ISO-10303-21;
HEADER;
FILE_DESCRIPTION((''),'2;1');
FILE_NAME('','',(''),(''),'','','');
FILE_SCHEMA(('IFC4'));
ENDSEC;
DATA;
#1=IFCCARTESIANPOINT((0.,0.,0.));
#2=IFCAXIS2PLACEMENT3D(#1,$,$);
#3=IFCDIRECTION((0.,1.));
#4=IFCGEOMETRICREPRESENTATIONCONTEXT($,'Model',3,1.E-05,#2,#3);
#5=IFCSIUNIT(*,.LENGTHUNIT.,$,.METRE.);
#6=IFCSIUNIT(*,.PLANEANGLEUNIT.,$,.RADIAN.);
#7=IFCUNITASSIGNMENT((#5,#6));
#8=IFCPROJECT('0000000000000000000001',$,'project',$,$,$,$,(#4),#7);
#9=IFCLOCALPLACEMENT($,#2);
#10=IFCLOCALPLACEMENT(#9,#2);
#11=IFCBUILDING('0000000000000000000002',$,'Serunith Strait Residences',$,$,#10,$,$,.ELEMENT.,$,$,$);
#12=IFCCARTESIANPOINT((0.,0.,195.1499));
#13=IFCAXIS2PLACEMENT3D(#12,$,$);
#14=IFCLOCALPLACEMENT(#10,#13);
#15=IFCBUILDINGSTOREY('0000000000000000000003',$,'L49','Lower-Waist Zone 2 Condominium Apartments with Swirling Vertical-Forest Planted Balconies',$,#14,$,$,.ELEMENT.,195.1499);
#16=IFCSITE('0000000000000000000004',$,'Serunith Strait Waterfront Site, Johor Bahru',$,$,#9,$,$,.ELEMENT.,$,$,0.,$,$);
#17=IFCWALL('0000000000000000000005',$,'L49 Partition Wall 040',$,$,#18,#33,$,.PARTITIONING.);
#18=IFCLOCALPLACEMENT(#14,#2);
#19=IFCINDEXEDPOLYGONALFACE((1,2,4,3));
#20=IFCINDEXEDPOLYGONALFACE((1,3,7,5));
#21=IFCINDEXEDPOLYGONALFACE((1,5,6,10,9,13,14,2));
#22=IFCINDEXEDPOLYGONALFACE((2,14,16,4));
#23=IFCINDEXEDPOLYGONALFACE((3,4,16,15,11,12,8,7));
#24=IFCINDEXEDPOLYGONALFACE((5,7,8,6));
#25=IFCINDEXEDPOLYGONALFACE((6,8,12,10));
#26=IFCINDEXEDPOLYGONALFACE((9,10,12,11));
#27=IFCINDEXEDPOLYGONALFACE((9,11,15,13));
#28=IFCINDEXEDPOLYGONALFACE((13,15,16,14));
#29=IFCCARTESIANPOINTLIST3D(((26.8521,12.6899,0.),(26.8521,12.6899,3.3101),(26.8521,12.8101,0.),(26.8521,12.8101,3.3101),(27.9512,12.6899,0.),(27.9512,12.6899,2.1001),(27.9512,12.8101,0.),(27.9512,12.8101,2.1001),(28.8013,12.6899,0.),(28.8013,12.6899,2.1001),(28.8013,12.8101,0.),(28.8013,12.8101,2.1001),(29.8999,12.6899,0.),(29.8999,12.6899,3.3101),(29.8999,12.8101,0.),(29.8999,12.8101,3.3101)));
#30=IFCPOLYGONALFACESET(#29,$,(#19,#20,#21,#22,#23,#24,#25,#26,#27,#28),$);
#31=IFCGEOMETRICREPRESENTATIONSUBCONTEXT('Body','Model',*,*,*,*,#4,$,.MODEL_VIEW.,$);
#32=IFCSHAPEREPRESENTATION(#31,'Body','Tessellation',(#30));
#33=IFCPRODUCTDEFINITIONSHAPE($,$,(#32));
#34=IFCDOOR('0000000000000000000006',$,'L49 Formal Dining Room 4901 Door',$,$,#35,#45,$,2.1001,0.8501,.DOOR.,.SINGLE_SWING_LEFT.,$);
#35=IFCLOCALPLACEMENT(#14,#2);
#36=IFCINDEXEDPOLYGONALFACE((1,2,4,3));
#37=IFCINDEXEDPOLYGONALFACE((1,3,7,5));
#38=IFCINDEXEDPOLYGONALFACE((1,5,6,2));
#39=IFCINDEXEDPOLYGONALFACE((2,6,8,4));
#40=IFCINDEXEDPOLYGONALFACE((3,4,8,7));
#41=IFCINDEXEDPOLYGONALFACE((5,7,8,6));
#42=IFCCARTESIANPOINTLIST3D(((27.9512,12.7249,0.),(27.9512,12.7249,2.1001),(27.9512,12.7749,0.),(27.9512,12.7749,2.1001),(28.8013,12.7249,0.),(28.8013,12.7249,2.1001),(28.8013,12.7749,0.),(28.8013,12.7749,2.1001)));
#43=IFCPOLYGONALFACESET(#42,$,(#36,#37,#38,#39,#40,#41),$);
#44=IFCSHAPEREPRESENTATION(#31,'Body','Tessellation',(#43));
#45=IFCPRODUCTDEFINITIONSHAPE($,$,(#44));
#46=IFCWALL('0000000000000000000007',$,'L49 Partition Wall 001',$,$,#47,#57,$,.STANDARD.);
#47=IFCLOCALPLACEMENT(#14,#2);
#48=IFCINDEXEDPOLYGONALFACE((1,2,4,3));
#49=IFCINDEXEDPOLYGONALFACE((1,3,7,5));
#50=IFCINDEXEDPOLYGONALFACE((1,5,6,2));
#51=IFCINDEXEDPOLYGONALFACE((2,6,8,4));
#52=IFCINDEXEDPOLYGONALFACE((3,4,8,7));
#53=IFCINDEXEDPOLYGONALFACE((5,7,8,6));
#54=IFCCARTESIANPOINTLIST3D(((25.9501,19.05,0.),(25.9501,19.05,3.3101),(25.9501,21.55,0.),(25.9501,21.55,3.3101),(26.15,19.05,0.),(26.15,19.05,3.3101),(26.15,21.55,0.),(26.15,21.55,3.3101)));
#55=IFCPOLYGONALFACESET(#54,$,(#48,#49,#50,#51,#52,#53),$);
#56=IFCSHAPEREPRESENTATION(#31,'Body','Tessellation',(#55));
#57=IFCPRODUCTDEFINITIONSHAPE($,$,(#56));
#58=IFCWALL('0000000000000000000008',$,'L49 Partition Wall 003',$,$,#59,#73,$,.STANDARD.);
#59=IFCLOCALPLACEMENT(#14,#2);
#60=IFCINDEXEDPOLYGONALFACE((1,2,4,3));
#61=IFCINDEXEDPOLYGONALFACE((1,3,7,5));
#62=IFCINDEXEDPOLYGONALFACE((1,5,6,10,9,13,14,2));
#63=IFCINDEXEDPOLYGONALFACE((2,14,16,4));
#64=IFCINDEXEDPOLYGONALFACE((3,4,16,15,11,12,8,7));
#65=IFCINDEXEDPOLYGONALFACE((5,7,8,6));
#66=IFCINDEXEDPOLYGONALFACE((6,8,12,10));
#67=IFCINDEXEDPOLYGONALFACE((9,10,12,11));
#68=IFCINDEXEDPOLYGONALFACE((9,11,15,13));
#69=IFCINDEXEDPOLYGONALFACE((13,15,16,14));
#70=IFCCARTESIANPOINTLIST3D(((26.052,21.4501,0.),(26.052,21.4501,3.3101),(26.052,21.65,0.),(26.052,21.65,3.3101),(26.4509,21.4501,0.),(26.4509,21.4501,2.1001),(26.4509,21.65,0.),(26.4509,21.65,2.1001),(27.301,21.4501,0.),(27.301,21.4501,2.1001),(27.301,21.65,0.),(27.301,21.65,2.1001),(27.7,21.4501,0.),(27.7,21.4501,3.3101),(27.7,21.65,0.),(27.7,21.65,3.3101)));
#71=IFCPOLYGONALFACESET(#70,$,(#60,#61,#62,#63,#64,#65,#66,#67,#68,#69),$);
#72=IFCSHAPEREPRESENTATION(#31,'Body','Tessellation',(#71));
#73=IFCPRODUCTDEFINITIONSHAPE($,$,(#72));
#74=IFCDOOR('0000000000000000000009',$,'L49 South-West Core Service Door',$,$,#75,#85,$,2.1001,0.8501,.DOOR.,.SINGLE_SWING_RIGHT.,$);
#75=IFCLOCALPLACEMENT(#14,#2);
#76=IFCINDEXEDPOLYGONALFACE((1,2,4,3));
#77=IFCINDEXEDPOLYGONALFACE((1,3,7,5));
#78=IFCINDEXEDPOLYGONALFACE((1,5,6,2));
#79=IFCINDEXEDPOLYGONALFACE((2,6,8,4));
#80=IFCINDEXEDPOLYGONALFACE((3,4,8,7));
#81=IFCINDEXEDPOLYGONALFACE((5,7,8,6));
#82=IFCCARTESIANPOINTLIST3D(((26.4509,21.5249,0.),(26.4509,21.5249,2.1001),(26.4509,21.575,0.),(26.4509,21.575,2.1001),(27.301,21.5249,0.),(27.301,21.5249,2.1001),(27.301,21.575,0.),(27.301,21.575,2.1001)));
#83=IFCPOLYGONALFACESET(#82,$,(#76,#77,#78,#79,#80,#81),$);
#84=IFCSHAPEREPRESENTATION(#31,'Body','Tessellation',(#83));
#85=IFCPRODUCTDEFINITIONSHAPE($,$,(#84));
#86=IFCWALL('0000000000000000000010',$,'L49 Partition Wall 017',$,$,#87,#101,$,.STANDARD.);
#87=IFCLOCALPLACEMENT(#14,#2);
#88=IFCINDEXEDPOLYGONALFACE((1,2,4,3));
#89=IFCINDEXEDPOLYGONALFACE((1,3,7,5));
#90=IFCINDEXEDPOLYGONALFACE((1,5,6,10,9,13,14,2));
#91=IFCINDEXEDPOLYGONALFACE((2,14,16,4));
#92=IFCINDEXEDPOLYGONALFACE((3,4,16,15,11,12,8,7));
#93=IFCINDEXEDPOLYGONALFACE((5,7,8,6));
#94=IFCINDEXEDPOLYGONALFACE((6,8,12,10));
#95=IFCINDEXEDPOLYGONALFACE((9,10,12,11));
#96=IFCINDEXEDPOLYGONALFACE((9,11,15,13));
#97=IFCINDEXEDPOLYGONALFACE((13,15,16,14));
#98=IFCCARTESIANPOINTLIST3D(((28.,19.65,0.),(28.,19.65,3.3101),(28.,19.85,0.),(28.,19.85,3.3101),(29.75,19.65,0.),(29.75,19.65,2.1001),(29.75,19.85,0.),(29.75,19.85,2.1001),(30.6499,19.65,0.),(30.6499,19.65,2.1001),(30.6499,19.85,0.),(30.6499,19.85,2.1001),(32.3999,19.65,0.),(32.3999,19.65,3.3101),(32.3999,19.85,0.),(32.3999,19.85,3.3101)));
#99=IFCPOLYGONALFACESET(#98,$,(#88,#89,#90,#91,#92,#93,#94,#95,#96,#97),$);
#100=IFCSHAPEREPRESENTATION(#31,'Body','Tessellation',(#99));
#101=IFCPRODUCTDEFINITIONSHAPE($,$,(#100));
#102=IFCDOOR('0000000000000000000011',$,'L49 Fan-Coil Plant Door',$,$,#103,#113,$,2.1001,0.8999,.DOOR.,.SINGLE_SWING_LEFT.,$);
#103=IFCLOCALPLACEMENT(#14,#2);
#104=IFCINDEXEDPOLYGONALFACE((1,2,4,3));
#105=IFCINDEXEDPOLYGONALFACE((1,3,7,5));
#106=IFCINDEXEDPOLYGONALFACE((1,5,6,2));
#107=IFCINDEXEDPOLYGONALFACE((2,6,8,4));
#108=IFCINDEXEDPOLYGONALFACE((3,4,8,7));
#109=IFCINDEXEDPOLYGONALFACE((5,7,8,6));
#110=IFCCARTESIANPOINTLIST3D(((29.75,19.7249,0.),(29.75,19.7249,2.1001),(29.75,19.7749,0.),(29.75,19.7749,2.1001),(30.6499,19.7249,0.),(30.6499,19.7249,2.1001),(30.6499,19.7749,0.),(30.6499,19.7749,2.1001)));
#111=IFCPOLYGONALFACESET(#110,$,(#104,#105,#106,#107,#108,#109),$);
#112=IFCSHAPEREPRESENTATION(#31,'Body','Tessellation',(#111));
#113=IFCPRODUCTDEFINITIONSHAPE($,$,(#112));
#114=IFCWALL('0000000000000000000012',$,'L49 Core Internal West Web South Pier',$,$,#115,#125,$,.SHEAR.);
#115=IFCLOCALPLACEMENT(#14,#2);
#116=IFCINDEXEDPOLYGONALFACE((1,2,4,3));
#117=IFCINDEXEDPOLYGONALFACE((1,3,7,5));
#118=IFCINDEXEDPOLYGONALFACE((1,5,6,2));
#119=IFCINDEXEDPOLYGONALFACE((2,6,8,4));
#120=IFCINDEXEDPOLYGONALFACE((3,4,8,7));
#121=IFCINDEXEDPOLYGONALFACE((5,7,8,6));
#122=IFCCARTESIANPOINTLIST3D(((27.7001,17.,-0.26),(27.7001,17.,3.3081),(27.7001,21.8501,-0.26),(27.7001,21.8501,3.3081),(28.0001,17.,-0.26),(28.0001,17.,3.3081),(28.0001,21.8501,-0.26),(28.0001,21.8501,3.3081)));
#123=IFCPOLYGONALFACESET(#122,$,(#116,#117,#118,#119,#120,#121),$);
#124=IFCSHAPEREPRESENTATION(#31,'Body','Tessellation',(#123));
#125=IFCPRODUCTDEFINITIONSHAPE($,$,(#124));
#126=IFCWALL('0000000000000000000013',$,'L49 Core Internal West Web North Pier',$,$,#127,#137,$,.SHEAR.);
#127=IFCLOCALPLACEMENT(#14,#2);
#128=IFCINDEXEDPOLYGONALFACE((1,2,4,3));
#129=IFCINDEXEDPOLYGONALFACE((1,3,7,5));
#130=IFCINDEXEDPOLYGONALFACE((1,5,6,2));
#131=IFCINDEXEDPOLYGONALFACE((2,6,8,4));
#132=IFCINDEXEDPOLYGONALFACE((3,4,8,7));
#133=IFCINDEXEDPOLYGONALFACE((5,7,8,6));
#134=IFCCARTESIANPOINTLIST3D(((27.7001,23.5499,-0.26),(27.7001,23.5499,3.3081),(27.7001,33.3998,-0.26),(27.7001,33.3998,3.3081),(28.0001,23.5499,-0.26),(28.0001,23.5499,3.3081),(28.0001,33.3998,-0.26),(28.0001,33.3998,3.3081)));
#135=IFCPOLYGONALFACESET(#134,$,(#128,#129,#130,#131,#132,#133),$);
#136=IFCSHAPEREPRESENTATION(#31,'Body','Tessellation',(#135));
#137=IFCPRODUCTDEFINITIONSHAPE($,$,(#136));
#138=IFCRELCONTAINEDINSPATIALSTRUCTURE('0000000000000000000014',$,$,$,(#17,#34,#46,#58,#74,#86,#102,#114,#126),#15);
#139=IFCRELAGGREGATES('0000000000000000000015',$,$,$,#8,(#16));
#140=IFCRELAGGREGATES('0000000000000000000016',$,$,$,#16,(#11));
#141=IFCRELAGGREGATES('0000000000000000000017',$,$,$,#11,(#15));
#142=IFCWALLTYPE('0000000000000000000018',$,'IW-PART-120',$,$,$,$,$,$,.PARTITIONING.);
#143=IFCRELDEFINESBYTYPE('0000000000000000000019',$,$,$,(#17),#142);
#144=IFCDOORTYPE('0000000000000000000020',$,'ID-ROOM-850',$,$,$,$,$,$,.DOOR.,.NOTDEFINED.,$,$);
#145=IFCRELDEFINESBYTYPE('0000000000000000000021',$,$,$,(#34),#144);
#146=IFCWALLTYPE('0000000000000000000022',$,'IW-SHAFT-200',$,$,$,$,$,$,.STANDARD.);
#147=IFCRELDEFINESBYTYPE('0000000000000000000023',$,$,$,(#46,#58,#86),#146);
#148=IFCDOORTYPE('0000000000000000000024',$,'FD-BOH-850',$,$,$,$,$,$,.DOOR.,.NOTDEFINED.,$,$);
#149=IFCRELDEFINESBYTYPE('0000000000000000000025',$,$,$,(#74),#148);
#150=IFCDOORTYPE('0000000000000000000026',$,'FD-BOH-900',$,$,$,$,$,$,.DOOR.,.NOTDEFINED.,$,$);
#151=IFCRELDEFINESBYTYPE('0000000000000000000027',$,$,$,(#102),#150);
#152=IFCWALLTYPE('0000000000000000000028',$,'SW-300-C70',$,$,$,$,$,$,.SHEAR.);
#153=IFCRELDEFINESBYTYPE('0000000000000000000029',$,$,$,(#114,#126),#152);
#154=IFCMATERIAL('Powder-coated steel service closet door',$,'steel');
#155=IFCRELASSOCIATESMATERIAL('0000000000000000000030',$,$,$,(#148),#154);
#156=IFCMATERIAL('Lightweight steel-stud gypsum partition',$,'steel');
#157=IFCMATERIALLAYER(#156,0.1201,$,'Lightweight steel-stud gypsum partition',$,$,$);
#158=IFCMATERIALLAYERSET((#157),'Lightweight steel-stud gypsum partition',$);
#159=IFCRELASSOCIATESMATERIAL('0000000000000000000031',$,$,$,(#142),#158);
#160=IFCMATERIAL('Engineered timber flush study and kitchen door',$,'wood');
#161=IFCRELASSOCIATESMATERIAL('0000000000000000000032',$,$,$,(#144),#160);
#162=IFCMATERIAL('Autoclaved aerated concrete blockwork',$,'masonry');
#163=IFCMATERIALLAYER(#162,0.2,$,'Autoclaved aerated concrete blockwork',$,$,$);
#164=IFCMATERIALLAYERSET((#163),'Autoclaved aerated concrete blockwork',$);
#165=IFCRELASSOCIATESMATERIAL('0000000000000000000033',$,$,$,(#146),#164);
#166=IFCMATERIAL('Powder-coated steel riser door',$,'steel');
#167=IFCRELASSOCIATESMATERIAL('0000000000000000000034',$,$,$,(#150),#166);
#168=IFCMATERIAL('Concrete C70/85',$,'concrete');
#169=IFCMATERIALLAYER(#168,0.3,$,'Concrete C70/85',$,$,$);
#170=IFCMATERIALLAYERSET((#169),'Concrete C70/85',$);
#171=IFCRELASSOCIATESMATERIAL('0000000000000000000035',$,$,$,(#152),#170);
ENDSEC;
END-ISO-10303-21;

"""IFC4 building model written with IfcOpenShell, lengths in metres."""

from ifc_helpers import new_model, si_unit, direction, frame, frame_2d, origin, place, context, subcontext, project, spatial, rectangle, extrude, source, transform, mapped, material, layer, layer_set, type_object, element, fill, save


model = new_model("IFC4")

# Units and contexts
model_context = context("Model", 3, precision=1e-05, world=origin(), true_north=direction((0.0, 1.0)))
body_context = subcontext(model_context, "Body", "Model", "MODEL_VIEW")
ifc_project = project(units=[si_unit("LENGTHUNIT", "METRE"), si_unit("PLANEANGLEUNIT", "RADIAN")], contexts=[model_context])

# Site, building, storey
site_placement = place(None, origin())
site = spatial("IfcSite", under=ifc_project, at=site_placement, Name="Serunith Strait Waterfront Site, Johor Bahru", CompositionType="ELEMENT", RefElevation=0.0)
building_placement = place(site_placement, origin())
building = spatial("IfcBuilding", under=site, at=building_placement, Name="Serunith Strait Residences", CompositionType="ELEMENT")
storey_placement = place(building_placement, frame((0.0, 0.0, 195.1499)))
storey = spatial("IfcBuildingStorey", under=building, at=storey_placement, Name="L49", Description="Lower-Waist Zone 2 Condominium Apartments with Swirling Vertical-Forest Planted Balconies", CompositionType="ELEMENT", Elevation=195.1499)

# Wall, opening, door
ifc_material_1 = material(Name="Powder-coated steel service closet door", Category="steel")
door_type_1 = type_object("IfcDoorType", Name="FD-BOH-850", OperationType="NOTDEFINED", PredefinedType="DOOR", material=ifc_material_1)
shared_shape_1 = source(origin(), body_context, "Body", "SweptSolid", [
    extrude(rectangle(XDim=0.8501, YDim=2.1001, at=frame_2d((0.425, 1.05))), frame((0.0, 0.0249, 0.0), z_axis=(0.0, -1.0, 0.0), x_axis=(1.0, 0.0, 0.0)), (0.0, 0.0, 1.0), 0.05),
])
ifc_material_2 = material(Name="Lightweight steel-stud gypsum partition", Category="steel")
ifc_layer_1 = layer(ifc_material_2, 0.1201, Name="Lightweight steel-stud gypsum partition")
ifc_layer_set_1 = layer_set([ifc_layer_1], Name="Lightweight steel-stud gypsum partition")
wall_type_1 = type_object("IfcWallType", Name="IW-PART-120", PredefinedType="PARTITIONING", material=ifc_layer_set_1)
shared_shape_2 = source(origin(), body_context, "Body", "SweptSolid", [
    extrude(rectangle(XDim=0.8999, YDim=2.1001, at=frame_2d((0.45, 1.05))), frame((0.0, 0.0249, 0.0), z_axis=(0.0, -1.0, 0.0), x_axis=(1.0, 0.0, 0.0)), (0.0, 0.0, 1.0), 0.05),
])
wall_1_placement = place(storey_placement, frame((26.8521, 12.75, 0.0), z_axis=(0.0, 0.0, 1.0), x_axis=(1.0, 0.0, 0.0)))
wall_1 = element("IfcWall", 1, at=wall_1_placement, inside=storey, type_object=wall_type_1, Name="L49 Partition Wall 040", PredefinedType="PARTITIONING", context=body_context, shape_type="SweptSolid", body=[
    extrude(rectangle(XDim=3.0479, YDim=0.1201, at=frame_2d((1.5239, 0.0))), origin(), (0.0, 0.0, 1.0), 3.3101),
])
opening_1_placement = place(wall_1_placement, frame((1.0991, 0.0, 0.0)))
opening_1 = element("IfcOpeningElement", 2, at=opening_1_placement, cuts=wall_1, PredefinedType="OPENING", context=body_context, shape_type="SweptSolid", body=[
    extrude(rectangle(XDim=0.8501, YDim=2.1001, at=frame_2d((0.425, 1.05))), frame((0.0, 0.0701, 0.0), z_axis=(0.0, -1.0, 0.0), x_axis=(1.0, 0.0, 0.0)), (0.0, 0.0, 1.0), 0.1401),
])
ifc_material_3 = material(Name="Engineered timber flush study and kitchen door", Category="wood")
door_type_2 = type_object("IfcDoorType", Name="ID-ROOM-850", OperationType="NOTDEFINED", PredefinedType="DOOR", material=ifc_material_3)
door_1_placement = place(opening_1_placement, origin())
door_1 = element("IfcDoor", 3, at=door_1_placement, inside=storey, type_object=door_type_2, Name="L49 Formal Dining Room 4901 Door", OperationType="SINGLE_SWING_LEFT", OverallHeight=2.1001, OverallWidth=0.8501, PredefinedType="DOOR", context=body_context, shape_type="MappedRepresentation", body=[
    mapped(shared_shape_1, transform((0.0, 0.0, 0.0), scale=1.0)),
])
fill(opening_1, door_1)

# Wall
ifc_material_4 = material(Name="Autoclaved aerated concrete blockwork", Category="masonry")
ifc_layer_2 = layer(ifc_material_4, 0.2, Name="Autoclaved aerated concrete blockwork")
ifc_layer_set_2 = layer_set([ifc_layer_2], Name="Autoclaved aerated concrete blockwork")
wall_type_2 = type_object("IfcWallType", Name="IW-SHAFT-200", PredefinedType="STANDARD", material=ifc_layer_set_2)
wall_2_placement = place(storey_placement, frame((26.05, 19.05, 0.0), z_axis=(0.0, 0.0, 1.0), x_axis=(0.0, 1.0, 0.0)))
element("IfcWall", 4, at=wall_2_placement, inside=storey, type_object=wall_type_2, Name="L49 Partition Wall 001", PredefinedType="STANDARD", context=body_context, shape_type="SweptSolid", body=[
    extrude(rectangle(XDim=2.5, YDim=0.2, at=frame_2d((1.25, 0.0))), origin(), (0.0, 0.0, 1.0), 3.3101),
])

# Walls, openings, doors
wall_3_placement = place(storey_placement, frame((26.052, 21.55, 0.0), z_axis=(0.0, 0.0, 1.0), x_axis=(1.0, 0.0, 0.0)))
wall_3 = element("IfcWall", 5, at=wall_3_placement, inside=storey, type_object=wall_type_2, Name="L49 Partition Wall 003", PredefinedType="STANDARD", context=body_context, shape_type="SweptSolid", body=[
    extrude(rectangle(XDim=1.6479, YDim=0.2, at=frame_2d((0.824, 0.0))), origin(), (0.0, 0.0, 1.0), 3.3101),
])
opening_2_placement = place(wall_3_placement, frame((0.3989, 0.0, 0.0)))
opening_2 = element("IfcOpeningElement", 6, at=opening_2_placement, cuts=wall_3, PredefinedType="OPENING", context=body_context, shape_type="SweptSolid", body=[
    extrude(rectangle(XDim=0.8501, YDim=2.1001, at=frame_2d((0.425, 1.05))), frame((0.0, 0.1099, 0.0), z_axis=(0.0, -1.0, 0.0), x_axis=(1.0, 0.0, 0.0)), (0.0, 0.0, 1.0), 0.22),
])
door_2_placement = place(opening_2_placement, origin())
door_2 = element("IfcDoor", 7, at=door_2_placement, inside=storey, type_object=door_type_1, Name="L49 South-West Core Service Door", OperationType="SINGLE_SWING_RIGHT", OverallHeight=2.1001, OverallWidth=0.8501, PredefinedType="DOOR", context=body_context, shape_type="MappedRepresentation", body=[
    mapped(shared_shape_1, transform((0.0, 0.0, 0.0), scale=1.0)),
])
fill(opening_2, door_2)
wall_4_placement = place(storey_placement, frame((28.0, 19.75, 0.0), z_axis=(0.0, 0.0, 1.0), x_axis=(1.0, 0.0, 0.0)))
wall_4 = element("IfcWall", 8, at=wall_4_placement, inside=storey, type_object=wall_type_2, Name="L49 Partition Wall 017", PredefinedType="STANDARD", context=body_context, shape_type="SweptSolid", body=[
    extrude(rectangle(XDim=4.3999, YDim=0.2, at=frame_2d((2.2, 0.0))), origin(), (0.0, 0.0, 1.0), 3.3101),
])
opening_3_placement = place(wall_4_placement, frame((1.75, 0.0, 0.0)))
opening_3 = element("IfcOpeningElement", 9, at=opening_3_placement, cuts=wall_4, PredefinedType="OPENING", context=body_context, shape_type="SweptSolid", body=[
    extrude(rectangle(XDim=0.8999, YDim=2.1001, at=frame_2d((0.45, 1.05))), frame((0.0, 0.1099, 0.0), z_axis=(0.0, -1.0, 0.0), x_axis=(1.0, 0.0, 0.0)), (0.0, 0.0, 1.0), 0.22),
])
ifc_material_5 = material(Name="Powder-coated steel riser door", Category="steel")
door_type_3 = type_object("IfcDoorType", Name="FD-BOH-900", OperationType="NOTDEFINED", PredefinedType="DOOR", material=ifc_material_5)
door_3_placement = place(opening_3_placement, origin())
door_3 = element("IfcDoor", 10, at=door_3_placement, inside=storey, type_object=door_type_3, Name="L49 Fan-Coil Plant Door", OperationType="SINGLE_SWING_LEFT", OverallHeight=2.1001, OverallWidth=0.8999, PredefinedType="DOOR", context=body_context, shape_type="MappedRepresentation", body=[
    mapped(shared_shape_2, transform((0.0, 0.0, 0.0), scale=1.0)),
])
fill(opening_3, door_3)

# Walls
ifc_material_6 = material(Name="Concrete C70/85", Category="concrete")
ifc_layer_3 = layer(ifc_material_6, 0.3, Name="Concrete C70/85")
ifc_layer_set_3 = layer_set([ifc_layer_3], Name="Concrete C70/85")
wall_type_3 = type_object("IfcWallType", Name="SW-300-C70", PredefinedType="SHEAR", material=ifc_layer_set_3)
wall_5_placement = place(storey_placement, frame((27.8501, 17.0, -0.26), z_axis=(0.0, 0.0, 1.0), x_axis=(0.0, 1.0, 0.0)))
element("IfcWall", 11, at=wall_5_placement, inside=storey, type_object=wall_type_3, Name="L49 Core Internal West Web South Pier", PredefinedType="SHEAR", context=body_context, shape_type="SweptSolid", body=[
    extrude(rectangle(XDim=4.8501, YDim=0.3, at=frame_2d((2.425, 0.0))), origin(), (0.0, 0.0, 1.0), 3.5681),
])
wall_6_placement = place(storey_placement, frame((27.8501, 23.55, -0.26), z_axis=(0.0, 0.0, 1.0), x_axis=(0.0, 1.0, 0.0)))
element("IfcWall", 12, at=wall_6_placement, inside=storey, type_object=wall_type_3, Name="L49 Core Internal West Web North Pier", PredefinedType="SHEAR", context=body_context, shape_type="SweptSolid", body=[
    extrude(rectangle(XDim=9.8499, YDim=0.3, at=frame_2d((4.9248, 0.0))), origin(), (0.0, 0.0, 1.0), 3.5681),
])

save(model, "model.ifc")
